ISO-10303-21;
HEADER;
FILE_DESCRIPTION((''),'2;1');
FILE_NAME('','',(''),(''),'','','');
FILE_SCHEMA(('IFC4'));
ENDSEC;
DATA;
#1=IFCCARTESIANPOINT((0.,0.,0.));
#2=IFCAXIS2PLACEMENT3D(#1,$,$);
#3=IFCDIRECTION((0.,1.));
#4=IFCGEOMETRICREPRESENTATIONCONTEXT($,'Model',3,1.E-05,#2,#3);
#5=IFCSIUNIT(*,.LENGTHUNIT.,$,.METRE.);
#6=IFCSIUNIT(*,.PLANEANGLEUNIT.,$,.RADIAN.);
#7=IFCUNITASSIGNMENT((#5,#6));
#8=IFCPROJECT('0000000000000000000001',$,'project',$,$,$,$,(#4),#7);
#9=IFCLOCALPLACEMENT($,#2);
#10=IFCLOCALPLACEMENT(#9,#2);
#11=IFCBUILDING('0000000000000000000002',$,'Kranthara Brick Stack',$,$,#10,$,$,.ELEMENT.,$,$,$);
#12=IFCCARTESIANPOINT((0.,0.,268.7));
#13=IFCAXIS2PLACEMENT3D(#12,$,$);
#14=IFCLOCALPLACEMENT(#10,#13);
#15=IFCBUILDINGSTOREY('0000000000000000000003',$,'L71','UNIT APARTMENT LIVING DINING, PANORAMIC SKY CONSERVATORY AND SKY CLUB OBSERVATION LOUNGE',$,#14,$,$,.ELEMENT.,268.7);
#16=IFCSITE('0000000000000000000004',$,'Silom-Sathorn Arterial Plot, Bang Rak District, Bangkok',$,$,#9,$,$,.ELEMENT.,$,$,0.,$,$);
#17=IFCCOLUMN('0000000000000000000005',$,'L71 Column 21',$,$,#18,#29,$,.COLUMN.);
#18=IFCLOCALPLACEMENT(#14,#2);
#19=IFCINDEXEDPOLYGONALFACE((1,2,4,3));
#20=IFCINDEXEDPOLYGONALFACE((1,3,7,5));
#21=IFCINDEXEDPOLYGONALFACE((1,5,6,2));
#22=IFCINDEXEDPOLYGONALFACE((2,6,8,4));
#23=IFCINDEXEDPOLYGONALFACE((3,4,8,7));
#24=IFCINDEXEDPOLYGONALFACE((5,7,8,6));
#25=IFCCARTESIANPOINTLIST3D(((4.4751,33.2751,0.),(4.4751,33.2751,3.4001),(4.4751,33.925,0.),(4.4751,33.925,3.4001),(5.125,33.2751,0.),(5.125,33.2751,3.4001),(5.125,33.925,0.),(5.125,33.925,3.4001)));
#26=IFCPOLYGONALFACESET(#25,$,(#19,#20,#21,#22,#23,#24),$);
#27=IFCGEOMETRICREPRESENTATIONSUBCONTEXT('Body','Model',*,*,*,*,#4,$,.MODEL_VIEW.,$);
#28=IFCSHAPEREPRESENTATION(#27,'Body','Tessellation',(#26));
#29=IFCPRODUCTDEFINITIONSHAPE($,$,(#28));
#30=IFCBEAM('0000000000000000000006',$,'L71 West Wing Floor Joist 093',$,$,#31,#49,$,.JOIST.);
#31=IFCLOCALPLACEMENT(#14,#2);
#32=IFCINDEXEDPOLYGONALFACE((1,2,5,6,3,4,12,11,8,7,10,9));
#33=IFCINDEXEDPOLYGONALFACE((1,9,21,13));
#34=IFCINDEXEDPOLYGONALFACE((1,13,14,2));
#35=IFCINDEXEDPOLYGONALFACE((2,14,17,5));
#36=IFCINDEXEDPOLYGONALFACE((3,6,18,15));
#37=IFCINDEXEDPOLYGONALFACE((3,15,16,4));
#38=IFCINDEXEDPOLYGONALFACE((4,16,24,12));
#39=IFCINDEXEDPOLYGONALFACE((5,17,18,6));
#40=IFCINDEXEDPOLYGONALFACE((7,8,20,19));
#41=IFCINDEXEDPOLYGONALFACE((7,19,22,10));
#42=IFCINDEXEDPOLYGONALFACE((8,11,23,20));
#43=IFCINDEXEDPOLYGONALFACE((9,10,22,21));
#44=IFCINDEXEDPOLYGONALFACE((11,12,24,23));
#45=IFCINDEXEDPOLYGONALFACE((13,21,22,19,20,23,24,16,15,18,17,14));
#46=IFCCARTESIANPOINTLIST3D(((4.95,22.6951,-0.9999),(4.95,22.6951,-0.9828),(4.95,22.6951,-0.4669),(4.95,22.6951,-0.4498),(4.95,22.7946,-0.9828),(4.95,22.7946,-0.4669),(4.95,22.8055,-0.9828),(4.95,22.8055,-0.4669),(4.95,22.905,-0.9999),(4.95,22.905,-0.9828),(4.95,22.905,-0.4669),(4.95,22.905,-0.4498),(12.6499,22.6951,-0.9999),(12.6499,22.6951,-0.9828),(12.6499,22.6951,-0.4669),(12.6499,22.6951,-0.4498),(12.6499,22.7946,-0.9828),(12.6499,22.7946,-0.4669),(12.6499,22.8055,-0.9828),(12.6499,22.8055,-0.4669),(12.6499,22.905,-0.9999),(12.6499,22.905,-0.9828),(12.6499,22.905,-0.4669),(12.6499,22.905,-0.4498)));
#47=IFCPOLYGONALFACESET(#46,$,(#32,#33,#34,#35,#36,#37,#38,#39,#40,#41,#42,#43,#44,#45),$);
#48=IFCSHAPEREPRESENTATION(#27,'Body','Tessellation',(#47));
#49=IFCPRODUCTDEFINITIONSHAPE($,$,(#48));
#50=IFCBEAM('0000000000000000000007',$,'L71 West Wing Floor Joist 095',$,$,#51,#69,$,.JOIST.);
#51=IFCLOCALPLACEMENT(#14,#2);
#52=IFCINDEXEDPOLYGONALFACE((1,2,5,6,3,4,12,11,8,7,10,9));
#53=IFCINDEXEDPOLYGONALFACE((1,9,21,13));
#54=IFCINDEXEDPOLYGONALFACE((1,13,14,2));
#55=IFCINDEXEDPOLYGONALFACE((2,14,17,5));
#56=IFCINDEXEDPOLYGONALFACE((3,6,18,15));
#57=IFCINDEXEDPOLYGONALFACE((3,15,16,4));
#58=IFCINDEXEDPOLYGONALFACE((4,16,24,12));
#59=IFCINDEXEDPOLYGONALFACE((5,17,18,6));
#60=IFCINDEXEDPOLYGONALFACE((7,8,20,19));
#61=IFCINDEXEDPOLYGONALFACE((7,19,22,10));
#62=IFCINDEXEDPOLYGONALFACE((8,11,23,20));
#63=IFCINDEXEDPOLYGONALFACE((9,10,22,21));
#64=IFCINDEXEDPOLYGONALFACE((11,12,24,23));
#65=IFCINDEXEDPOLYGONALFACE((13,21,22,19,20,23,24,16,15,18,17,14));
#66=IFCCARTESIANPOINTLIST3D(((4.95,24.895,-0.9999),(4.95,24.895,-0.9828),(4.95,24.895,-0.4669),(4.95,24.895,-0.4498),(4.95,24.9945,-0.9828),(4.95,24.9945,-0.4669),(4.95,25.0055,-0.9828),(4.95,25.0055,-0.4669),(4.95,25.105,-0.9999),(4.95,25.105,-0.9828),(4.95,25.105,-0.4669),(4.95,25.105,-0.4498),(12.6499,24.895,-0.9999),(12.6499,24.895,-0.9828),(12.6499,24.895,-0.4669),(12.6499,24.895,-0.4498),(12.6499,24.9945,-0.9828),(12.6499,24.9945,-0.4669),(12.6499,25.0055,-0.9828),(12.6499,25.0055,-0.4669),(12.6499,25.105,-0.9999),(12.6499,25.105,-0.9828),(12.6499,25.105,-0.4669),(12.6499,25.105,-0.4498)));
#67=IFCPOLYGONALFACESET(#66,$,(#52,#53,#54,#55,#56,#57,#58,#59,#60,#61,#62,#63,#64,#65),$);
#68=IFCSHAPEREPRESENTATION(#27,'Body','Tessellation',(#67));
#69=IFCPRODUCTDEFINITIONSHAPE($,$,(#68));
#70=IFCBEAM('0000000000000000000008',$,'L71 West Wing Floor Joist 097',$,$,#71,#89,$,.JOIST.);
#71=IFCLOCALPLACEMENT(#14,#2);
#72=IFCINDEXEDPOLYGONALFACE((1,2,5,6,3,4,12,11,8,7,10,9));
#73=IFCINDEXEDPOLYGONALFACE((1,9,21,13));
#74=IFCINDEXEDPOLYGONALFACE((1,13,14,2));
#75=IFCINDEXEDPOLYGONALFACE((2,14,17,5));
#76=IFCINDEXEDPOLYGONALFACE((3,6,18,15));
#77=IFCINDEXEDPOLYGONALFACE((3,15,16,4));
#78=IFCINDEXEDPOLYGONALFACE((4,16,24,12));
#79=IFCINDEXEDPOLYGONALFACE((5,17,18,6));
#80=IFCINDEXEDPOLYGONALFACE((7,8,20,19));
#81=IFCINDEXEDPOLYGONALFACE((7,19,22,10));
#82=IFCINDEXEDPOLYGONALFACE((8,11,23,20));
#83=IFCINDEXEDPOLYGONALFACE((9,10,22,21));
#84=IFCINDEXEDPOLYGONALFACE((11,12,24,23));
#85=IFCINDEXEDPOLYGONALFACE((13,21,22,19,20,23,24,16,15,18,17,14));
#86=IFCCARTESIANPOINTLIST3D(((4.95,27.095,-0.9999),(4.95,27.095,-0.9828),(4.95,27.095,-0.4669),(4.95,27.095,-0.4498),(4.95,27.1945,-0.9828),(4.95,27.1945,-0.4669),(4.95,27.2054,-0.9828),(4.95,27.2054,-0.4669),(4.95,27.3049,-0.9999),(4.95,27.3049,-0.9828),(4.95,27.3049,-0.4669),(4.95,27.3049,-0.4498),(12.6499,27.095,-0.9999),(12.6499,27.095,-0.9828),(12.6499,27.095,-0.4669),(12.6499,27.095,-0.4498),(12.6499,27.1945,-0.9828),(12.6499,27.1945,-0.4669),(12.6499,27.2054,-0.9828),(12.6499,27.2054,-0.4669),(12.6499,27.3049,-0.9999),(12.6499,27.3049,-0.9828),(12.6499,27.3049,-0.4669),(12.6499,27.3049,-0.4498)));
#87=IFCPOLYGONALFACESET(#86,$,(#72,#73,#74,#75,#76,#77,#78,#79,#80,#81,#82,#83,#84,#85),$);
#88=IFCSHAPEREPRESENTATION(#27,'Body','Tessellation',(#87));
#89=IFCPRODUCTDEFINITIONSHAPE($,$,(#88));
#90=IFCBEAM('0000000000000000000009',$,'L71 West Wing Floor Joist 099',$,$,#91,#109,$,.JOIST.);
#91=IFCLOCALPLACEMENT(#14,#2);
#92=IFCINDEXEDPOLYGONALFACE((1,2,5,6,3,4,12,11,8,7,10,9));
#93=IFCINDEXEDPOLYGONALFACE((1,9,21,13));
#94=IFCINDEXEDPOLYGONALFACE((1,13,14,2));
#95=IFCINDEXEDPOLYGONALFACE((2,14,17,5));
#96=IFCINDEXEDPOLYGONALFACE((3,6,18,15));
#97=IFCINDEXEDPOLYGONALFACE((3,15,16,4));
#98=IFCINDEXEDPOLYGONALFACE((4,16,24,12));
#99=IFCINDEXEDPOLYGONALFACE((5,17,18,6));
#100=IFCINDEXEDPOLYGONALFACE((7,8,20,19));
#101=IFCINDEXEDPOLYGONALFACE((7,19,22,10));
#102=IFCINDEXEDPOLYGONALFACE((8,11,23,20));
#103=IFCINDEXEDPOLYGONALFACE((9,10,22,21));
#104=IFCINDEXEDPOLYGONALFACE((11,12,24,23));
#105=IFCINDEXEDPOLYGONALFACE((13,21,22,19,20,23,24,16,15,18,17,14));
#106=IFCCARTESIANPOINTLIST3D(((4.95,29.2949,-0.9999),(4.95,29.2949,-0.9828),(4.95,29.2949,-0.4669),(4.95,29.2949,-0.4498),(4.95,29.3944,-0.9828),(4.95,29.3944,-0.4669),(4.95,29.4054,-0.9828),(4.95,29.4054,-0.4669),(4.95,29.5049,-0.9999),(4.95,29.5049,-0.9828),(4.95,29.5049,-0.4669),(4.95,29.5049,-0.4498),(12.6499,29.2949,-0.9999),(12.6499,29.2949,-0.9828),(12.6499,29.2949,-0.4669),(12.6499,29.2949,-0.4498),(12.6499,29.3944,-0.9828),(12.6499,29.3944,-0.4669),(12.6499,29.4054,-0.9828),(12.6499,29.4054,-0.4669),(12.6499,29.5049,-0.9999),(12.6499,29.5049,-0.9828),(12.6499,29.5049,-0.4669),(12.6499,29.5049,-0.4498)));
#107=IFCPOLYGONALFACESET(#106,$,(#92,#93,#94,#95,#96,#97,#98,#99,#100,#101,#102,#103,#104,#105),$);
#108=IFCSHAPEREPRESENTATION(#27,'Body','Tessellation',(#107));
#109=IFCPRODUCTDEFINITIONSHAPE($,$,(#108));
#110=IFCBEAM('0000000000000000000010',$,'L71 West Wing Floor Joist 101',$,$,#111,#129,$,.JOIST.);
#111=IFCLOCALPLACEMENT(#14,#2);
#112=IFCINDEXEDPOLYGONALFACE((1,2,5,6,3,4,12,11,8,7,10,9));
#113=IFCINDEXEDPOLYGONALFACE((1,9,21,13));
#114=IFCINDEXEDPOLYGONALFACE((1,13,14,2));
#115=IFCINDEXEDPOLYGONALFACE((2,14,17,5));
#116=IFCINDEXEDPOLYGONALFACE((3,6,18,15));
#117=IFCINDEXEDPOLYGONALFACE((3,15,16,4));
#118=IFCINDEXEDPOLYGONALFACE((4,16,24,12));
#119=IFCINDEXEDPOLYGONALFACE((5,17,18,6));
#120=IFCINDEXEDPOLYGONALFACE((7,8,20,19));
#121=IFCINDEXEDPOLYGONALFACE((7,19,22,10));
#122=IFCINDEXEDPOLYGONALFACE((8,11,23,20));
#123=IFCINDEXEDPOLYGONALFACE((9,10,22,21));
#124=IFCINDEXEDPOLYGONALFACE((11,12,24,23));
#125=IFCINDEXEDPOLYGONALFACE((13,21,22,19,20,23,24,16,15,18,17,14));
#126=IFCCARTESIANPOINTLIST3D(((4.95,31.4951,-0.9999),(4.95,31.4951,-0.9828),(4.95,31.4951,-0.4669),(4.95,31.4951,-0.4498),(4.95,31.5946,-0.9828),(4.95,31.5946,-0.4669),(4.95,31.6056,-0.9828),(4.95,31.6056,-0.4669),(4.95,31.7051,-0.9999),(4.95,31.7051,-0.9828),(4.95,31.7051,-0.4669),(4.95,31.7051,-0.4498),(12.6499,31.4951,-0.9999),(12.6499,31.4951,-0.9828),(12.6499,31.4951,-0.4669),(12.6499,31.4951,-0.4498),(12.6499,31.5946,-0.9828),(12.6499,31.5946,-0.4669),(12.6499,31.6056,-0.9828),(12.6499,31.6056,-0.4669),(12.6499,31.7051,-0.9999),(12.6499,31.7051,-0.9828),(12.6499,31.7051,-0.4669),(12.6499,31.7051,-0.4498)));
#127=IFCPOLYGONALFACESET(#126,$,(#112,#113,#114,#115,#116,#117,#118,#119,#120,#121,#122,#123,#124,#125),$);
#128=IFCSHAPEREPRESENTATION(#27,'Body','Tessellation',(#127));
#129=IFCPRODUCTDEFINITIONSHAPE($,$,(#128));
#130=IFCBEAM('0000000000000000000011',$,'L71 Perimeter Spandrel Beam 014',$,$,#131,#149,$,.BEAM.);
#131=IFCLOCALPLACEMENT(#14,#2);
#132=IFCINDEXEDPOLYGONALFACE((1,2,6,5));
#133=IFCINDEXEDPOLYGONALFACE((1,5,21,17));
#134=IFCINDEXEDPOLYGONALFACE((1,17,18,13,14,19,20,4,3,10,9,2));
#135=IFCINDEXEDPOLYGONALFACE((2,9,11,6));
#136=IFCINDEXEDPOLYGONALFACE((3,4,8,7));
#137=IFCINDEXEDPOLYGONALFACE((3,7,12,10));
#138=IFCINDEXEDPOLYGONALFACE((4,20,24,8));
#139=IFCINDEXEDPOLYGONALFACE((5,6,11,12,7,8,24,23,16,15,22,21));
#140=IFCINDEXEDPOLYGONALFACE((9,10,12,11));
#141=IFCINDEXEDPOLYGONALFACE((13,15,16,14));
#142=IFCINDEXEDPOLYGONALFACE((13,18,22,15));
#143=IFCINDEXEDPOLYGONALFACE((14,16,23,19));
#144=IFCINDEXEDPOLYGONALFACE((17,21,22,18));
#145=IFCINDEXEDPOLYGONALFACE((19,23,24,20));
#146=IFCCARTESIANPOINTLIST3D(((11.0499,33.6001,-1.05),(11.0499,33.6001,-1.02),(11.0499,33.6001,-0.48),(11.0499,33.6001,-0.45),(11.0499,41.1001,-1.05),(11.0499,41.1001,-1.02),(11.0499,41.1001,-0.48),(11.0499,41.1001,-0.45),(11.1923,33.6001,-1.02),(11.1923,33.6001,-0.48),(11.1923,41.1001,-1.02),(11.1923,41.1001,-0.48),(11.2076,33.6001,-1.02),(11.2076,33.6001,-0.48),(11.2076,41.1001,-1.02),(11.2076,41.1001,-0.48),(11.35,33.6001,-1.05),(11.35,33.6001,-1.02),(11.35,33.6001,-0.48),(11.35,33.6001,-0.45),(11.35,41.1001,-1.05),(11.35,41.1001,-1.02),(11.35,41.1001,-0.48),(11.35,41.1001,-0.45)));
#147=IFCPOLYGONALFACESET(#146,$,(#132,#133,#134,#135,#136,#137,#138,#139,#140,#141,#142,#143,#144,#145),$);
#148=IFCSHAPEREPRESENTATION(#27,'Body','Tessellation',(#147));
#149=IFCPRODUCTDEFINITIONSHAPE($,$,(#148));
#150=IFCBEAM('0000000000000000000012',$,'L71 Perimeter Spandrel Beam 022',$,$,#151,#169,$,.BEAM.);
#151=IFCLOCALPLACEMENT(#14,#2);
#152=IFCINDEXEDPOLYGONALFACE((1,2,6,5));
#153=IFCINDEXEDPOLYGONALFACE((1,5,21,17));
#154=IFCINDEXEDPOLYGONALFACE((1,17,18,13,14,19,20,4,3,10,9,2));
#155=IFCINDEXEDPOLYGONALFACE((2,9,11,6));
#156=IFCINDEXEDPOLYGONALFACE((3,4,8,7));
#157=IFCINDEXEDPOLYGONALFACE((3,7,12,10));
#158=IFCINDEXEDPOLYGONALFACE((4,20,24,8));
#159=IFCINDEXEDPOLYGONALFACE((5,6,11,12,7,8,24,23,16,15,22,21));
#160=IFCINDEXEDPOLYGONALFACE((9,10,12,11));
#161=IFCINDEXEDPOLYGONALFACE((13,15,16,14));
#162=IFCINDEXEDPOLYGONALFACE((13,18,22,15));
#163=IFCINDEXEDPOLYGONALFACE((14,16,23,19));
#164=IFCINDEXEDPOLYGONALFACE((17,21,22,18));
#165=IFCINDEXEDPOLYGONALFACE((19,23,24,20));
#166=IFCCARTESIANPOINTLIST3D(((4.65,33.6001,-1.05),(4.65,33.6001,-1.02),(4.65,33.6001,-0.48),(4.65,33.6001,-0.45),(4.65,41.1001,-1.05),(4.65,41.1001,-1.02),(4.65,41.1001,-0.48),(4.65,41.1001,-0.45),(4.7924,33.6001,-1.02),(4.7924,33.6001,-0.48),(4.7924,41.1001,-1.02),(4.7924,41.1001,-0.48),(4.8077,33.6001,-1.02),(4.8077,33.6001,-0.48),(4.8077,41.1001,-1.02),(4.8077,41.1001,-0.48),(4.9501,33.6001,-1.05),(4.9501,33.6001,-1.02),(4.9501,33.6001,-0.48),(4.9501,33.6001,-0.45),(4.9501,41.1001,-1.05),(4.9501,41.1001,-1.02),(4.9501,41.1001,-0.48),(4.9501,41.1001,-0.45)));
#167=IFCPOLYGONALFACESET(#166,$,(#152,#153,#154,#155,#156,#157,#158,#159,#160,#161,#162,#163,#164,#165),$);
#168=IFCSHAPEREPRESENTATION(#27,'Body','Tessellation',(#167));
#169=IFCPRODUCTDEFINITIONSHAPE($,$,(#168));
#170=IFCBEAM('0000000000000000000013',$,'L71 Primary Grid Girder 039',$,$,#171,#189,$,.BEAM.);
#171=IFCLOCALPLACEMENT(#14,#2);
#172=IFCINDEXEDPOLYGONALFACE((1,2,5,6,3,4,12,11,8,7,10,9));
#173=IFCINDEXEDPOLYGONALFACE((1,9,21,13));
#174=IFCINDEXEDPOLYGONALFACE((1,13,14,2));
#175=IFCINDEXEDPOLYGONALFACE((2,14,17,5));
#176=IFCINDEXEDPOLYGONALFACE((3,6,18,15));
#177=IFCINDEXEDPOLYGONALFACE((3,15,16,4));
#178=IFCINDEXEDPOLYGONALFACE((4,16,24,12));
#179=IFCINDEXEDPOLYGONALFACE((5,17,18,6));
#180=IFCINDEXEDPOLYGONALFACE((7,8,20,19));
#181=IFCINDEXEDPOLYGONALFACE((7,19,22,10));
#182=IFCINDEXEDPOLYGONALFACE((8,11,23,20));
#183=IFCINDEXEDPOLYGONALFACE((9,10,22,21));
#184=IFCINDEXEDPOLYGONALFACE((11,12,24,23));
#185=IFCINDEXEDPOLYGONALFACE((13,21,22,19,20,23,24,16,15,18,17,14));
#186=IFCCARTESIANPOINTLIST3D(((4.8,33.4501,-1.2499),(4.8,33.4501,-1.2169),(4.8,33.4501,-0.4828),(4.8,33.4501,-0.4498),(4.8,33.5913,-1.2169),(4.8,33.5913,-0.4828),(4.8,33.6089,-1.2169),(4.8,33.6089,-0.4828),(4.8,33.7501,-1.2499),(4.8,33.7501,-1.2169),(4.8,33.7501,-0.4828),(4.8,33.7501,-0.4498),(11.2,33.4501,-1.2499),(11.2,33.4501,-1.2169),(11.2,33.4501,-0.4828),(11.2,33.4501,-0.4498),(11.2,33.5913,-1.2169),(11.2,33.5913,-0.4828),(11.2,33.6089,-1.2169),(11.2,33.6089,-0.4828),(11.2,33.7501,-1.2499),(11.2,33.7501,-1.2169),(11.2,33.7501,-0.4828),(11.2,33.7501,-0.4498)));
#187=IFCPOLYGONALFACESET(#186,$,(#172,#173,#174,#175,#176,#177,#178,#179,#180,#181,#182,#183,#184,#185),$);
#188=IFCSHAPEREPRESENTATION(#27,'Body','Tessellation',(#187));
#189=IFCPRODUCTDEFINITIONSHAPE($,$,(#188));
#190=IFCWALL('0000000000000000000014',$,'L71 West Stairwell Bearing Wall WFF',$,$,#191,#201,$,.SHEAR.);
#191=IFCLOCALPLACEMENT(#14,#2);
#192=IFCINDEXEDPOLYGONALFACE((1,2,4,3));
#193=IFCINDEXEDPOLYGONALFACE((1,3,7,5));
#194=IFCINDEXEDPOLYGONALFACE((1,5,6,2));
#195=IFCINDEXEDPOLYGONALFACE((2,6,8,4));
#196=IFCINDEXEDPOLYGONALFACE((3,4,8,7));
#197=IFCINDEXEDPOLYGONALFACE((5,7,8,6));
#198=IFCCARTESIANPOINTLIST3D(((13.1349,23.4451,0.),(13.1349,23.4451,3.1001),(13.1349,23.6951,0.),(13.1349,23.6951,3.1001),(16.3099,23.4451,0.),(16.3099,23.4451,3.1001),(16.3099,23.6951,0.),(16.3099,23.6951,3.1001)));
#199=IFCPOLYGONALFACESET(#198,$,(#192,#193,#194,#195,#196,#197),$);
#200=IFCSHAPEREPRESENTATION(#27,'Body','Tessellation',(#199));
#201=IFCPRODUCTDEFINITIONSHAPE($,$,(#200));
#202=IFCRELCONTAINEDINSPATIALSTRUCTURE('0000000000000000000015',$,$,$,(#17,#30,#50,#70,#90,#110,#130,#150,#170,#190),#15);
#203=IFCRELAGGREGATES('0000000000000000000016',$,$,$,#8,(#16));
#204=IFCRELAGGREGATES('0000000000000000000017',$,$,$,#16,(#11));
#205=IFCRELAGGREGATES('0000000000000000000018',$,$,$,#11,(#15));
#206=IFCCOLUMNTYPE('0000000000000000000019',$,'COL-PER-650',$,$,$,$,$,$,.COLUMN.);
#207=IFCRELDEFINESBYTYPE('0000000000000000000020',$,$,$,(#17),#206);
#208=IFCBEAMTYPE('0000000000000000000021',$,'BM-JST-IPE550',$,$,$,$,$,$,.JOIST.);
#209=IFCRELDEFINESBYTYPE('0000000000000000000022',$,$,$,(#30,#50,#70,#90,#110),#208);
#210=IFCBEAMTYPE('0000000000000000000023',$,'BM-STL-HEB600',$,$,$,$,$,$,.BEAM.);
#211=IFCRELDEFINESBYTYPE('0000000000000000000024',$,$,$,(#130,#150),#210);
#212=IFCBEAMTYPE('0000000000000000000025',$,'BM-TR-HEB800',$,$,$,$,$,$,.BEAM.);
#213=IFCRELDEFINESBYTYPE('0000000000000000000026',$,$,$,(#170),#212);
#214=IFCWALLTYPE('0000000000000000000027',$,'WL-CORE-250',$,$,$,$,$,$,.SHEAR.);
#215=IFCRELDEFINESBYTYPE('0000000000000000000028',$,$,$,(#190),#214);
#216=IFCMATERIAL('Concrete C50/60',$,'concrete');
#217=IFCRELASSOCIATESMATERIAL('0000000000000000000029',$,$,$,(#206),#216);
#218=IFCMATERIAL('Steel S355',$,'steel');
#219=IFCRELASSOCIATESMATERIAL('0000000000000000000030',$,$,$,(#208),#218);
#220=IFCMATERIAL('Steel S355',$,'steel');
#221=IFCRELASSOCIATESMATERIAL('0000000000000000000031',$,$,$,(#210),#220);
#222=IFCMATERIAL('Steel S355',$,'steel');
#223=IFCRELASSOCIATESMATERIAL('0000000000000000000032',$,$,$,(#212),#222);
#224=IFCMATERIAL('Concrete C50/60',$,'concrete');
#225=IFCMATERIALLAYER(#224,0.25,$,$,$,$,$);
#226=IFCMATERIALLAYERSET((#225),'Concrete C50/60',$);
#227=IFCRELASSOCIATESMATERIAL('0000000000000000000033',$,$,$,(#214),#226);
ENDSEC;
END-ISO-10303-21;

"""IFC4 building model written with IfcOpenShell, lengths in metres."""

from ifc_helpers import new_model, si_unit, direction, frame, frame_2d, origin, origin_2d, place, context, subcontext, project, spatial, rectangle, i_section, extrude, material, layer, layer_set, material_profile, profile_set, type_object, element, save


model = new_model("IFC4")

# Units and contexts
model_context = context("Model", 3, precision=1e-05, world=origin(), true_north=direction((0.0, 1.0)))
body_context = subcontext(model_context, "Body", "Model", "MODEL_VIEW")
ifc_project = project(units=[si_unit("LENGTHUNIT", "METRE"), si_unit("PLANEANGLEUNIT", "RADIAN")], contexts=[model_context])

# Site, building, storey
site_placement = place(None, origin())
site = spatial("IfcSite", under=ifc_project, at=site_placement, Name="Silom-Sathorn Arterial Plot, Bang Rak District, Bangkok", CompositionType="ELEMENT", RefElevation=0.0)
building_placement = place(site_placement, origin())
building = spatial("IfcBuilding", under=site, at=building_placement, Name="Kranthara Brick Stack", CompositionType="ELEMENT")
storey_placement = place(building_placement, frame((0.0, 0.0, 268.7)))
storey = spatial("IfcBuildingStorey", under=building, at=storey_placement, Name="L71", Description="UNIT APARTMENT LIVING DINING, PANORAMIC SKY CONSERVATORY AND SKY CLUB OBSERVATION LOUNGE", CompositionType="ELEMENT", Elevation=268.7)

# Column
ifc_material_1 = material(Name="Concrete C50/60", Category="concrete")
ifc_material_profile_1 = material_profile(ifc_material_1, rectangle(XDim=0.6499, YDim=0.6499, at=origin_2d()), Name="RC 650x650")
ifc_profile_set_1 = profile_set([ifc_material_profile_1], Name="Concrete C50/60")
column_type = type_object("IfcColumnType", Name="COL-PER-650", PredefinedType="COLUMN", material=ifc_profile_set_1)
column_placement = place(storey_placement, frame((4.8, 33.6001, 0.0), z_axis=(0.0, 0.0, 1.0), x_axis=(1.0, 0.0, 0.0)))
element("IfcColumn", 1, at=column_placement, inside=storey, type_object=column_type, Name="L71 Column 21", PredefinedType="COLUMN", context=body_context, shape_type="SweptSolid", body=[
    extrude(rectangle(XDim=0.6499, YDim=0.6499, at=origin_2d()), origin(), (0.0, 0.0, 1.0), 3.4001),
])

# Beams
ifc_material_2 = material(Name="Steel S355", Category="steel")
ifc_material_profile_2 = material_profile(ifc_material_2, i_section(OverallWidth=0.21, OverallDepth=0.55, WebThickness=0.011, FlangeThickness=0.0171, at=origin_2d()), Name="IPE 550")
ifc_profile_set_2 = profile_set([ifc_material_profile_2], Name="Steel S355")
beam_type_1 = type_object("IfcBeamType", Name="BM-JST-IPE550", PredefinedType="JOIST", material=ifc_profile_set_2)
for number, where, z_axis, x_axis, name in (
    (2, (4.95, 22.8, -0.7249), (1.0, 0.0, 0.0), (0.0, 1.0, 0.0), "L71 West Wing Floor Joist 093"),
    (3, (4.95, 25.0, -0.7249), (1.0, 0.0, 0.0), (0.0, 1.0, 0.0), "L71 West Wing Floor Joist 095"),
    (4, (4.95, 27.2, -0.7249), (1.0, 0.0, 0.0), (0.0, 1.0, 0.0), "L71 West Wing Floor Joist 097"),
    (5, (4.95, 29.3999, -0.7249), (1.0, 0.0, 0.0), (0.0, 1.0, 0.0), "L71 West Wing Floor Joist 099"),
    (6, (4.95, 31.6001, -0.7249), (1.0, 0.0, 0.0), (0.0, 1.0, 0.0), "L71 West Wing Floor Joist 101"),
):
    element("IfcBeam", number, at=place(storey_placement, frame(where, z_axis=z_axis, x_axis=x_axis)), inside=storey, type_object=beam_type_1, Name=name, PredefinedType="JOIST", context=body_context, shape_type="SweptSolid", body=[
        extrude(i_section(OverallWidth=0.21, OverallDepth=0.55, WebThickness=0.011, FlangeThickness=0.0171, at=origin_2d()), origin(), (0.0, 0.0, 1.0), 7.7),
    ])
ifc_material_3 = material(Name="Steel S355", Category="steel")
ifc_material_profile_3 = material_profile(ifc_material_3, i_section(OverallWidth=0.3, OverallDepth=0.6001, WebThickness=0.0154, FlangeThickness=0.03, at=origin_2d()), Name="HEB 600")
ifc_profile_set_3 = profile_set([ifc_material_profile_3], Name="Steel S355")
beam_type_2 = type_object("IfcBeamType", Name="BM-STL-HEB600", PredefinedType="BEAM", material=ifc_profile_set_3)
for number, where, z_axis, x_axis, name in (
    (7, (11.2, 33.6001, -0.75), (0.0, 1.0, 0.0), (-1.0, 0.0, 0.0), "L71 Perimeter Spandrel Beam 014"),
    (8, (4.8, 33.6001, -0.75), (0.0, 1.0, 0.0), (-1.0, 0.0, 0.0), "L71 Perimeter Spandrel Beam 022"),
):
    element("IfcBeam", number, at=place(storey_placement, frame(where, z_axis=z_axis, x_axis=x_axis)), inside=storey, type_object=beam_type_2, Name=name, PredefinedType="BEAM", context=body_context, shape_type="SweptSolid", body=[
        extrude(i_section(OverallWidth=0.3, OverallDepth=0.6001, WebThickness=0.0154, FlangeThickness=0.03, at=origin_2d()), origin(), (0.0, 0.0, 1.0), 7.5),
    ])
ifc_material_4 = material(Name="Steel S355", Category="steel")
ifc_material_profile_4 = material_profile(ifc_material_4, i_section(OverallWidth=0.3, OverallDepth=0.8, WebThickness=0.0176, FlangeThickness=0.033, at=origin_2d()), Name="HEB 800")
ifc_profile_set_4 = profile_set([ifc_material_profile_4], Name="Steel S355")
beam_type_3 = type_object("IfcBeamType", Name="BM-TR-HEB800", PredefinedType="BEAM", material=ifc_profile_set_4)
beam_placement = place(storey_placement, frame((4.8, 33.6001, -0.8499), z_axis=(1.0, 0.0, 0.0), x_axis=(0.0, 1.0, 0.0)))
element("IfcBeam", 9, at=beam_placement, inside=storey, type_object=beam_type_3, Name="L71 Primary Grid Girder 039", PredefinedType="BEAM", context=body_context, shape_type="SweptSolid", body=[
    extrude(i_section(OverallWidth=0.3, OverallDepth=0.8, WebThickness=0.0176, FlangeThickness=0.033, at=origin_2d()), origin(), (0.0, 0.0, 1.0), 6.3999),
])

# Wall
ifc_material_5 = material(Name="Concrete C50/60", Category="concrete")
ifc_layer_1 = layer(ifc_material_5, 0.25)
ifc_layer_set_1 = layer_set([ifc_layer_1], Name="Concrete C50/60")
wall_type_1 = type_object("IfcWallType", Name="WL-CORE-250", PredefinedType="SHEAR", material=ifc_layer_set_1)
for number, where, z_axis, x_axis, name in (
    (10, (13.135, 23.5701, 0.0), (0.0, 0.0, 1.0), (1.0, 0.0, 0.0), "L71 West Stairwell Bearing Wall WFF"),
):
    element("IfcWall", number, at=place(storey_placement, frame(where, z_axis=z_axis, x_axis=x_axis)), inside=storey, type_object=wall_type_1, Name=name, PredefinedType="SHEAR", context=body_context, shape_type="SweptSolid", body=[
        extrude(rectangle(XDim=3.175, YDim=0.25, at=frame_2d((1.5874, 0.0))), origin(), (0.0, 0.0, 1.0), 3.1001),
    ])

save(model, "model.ifc")
